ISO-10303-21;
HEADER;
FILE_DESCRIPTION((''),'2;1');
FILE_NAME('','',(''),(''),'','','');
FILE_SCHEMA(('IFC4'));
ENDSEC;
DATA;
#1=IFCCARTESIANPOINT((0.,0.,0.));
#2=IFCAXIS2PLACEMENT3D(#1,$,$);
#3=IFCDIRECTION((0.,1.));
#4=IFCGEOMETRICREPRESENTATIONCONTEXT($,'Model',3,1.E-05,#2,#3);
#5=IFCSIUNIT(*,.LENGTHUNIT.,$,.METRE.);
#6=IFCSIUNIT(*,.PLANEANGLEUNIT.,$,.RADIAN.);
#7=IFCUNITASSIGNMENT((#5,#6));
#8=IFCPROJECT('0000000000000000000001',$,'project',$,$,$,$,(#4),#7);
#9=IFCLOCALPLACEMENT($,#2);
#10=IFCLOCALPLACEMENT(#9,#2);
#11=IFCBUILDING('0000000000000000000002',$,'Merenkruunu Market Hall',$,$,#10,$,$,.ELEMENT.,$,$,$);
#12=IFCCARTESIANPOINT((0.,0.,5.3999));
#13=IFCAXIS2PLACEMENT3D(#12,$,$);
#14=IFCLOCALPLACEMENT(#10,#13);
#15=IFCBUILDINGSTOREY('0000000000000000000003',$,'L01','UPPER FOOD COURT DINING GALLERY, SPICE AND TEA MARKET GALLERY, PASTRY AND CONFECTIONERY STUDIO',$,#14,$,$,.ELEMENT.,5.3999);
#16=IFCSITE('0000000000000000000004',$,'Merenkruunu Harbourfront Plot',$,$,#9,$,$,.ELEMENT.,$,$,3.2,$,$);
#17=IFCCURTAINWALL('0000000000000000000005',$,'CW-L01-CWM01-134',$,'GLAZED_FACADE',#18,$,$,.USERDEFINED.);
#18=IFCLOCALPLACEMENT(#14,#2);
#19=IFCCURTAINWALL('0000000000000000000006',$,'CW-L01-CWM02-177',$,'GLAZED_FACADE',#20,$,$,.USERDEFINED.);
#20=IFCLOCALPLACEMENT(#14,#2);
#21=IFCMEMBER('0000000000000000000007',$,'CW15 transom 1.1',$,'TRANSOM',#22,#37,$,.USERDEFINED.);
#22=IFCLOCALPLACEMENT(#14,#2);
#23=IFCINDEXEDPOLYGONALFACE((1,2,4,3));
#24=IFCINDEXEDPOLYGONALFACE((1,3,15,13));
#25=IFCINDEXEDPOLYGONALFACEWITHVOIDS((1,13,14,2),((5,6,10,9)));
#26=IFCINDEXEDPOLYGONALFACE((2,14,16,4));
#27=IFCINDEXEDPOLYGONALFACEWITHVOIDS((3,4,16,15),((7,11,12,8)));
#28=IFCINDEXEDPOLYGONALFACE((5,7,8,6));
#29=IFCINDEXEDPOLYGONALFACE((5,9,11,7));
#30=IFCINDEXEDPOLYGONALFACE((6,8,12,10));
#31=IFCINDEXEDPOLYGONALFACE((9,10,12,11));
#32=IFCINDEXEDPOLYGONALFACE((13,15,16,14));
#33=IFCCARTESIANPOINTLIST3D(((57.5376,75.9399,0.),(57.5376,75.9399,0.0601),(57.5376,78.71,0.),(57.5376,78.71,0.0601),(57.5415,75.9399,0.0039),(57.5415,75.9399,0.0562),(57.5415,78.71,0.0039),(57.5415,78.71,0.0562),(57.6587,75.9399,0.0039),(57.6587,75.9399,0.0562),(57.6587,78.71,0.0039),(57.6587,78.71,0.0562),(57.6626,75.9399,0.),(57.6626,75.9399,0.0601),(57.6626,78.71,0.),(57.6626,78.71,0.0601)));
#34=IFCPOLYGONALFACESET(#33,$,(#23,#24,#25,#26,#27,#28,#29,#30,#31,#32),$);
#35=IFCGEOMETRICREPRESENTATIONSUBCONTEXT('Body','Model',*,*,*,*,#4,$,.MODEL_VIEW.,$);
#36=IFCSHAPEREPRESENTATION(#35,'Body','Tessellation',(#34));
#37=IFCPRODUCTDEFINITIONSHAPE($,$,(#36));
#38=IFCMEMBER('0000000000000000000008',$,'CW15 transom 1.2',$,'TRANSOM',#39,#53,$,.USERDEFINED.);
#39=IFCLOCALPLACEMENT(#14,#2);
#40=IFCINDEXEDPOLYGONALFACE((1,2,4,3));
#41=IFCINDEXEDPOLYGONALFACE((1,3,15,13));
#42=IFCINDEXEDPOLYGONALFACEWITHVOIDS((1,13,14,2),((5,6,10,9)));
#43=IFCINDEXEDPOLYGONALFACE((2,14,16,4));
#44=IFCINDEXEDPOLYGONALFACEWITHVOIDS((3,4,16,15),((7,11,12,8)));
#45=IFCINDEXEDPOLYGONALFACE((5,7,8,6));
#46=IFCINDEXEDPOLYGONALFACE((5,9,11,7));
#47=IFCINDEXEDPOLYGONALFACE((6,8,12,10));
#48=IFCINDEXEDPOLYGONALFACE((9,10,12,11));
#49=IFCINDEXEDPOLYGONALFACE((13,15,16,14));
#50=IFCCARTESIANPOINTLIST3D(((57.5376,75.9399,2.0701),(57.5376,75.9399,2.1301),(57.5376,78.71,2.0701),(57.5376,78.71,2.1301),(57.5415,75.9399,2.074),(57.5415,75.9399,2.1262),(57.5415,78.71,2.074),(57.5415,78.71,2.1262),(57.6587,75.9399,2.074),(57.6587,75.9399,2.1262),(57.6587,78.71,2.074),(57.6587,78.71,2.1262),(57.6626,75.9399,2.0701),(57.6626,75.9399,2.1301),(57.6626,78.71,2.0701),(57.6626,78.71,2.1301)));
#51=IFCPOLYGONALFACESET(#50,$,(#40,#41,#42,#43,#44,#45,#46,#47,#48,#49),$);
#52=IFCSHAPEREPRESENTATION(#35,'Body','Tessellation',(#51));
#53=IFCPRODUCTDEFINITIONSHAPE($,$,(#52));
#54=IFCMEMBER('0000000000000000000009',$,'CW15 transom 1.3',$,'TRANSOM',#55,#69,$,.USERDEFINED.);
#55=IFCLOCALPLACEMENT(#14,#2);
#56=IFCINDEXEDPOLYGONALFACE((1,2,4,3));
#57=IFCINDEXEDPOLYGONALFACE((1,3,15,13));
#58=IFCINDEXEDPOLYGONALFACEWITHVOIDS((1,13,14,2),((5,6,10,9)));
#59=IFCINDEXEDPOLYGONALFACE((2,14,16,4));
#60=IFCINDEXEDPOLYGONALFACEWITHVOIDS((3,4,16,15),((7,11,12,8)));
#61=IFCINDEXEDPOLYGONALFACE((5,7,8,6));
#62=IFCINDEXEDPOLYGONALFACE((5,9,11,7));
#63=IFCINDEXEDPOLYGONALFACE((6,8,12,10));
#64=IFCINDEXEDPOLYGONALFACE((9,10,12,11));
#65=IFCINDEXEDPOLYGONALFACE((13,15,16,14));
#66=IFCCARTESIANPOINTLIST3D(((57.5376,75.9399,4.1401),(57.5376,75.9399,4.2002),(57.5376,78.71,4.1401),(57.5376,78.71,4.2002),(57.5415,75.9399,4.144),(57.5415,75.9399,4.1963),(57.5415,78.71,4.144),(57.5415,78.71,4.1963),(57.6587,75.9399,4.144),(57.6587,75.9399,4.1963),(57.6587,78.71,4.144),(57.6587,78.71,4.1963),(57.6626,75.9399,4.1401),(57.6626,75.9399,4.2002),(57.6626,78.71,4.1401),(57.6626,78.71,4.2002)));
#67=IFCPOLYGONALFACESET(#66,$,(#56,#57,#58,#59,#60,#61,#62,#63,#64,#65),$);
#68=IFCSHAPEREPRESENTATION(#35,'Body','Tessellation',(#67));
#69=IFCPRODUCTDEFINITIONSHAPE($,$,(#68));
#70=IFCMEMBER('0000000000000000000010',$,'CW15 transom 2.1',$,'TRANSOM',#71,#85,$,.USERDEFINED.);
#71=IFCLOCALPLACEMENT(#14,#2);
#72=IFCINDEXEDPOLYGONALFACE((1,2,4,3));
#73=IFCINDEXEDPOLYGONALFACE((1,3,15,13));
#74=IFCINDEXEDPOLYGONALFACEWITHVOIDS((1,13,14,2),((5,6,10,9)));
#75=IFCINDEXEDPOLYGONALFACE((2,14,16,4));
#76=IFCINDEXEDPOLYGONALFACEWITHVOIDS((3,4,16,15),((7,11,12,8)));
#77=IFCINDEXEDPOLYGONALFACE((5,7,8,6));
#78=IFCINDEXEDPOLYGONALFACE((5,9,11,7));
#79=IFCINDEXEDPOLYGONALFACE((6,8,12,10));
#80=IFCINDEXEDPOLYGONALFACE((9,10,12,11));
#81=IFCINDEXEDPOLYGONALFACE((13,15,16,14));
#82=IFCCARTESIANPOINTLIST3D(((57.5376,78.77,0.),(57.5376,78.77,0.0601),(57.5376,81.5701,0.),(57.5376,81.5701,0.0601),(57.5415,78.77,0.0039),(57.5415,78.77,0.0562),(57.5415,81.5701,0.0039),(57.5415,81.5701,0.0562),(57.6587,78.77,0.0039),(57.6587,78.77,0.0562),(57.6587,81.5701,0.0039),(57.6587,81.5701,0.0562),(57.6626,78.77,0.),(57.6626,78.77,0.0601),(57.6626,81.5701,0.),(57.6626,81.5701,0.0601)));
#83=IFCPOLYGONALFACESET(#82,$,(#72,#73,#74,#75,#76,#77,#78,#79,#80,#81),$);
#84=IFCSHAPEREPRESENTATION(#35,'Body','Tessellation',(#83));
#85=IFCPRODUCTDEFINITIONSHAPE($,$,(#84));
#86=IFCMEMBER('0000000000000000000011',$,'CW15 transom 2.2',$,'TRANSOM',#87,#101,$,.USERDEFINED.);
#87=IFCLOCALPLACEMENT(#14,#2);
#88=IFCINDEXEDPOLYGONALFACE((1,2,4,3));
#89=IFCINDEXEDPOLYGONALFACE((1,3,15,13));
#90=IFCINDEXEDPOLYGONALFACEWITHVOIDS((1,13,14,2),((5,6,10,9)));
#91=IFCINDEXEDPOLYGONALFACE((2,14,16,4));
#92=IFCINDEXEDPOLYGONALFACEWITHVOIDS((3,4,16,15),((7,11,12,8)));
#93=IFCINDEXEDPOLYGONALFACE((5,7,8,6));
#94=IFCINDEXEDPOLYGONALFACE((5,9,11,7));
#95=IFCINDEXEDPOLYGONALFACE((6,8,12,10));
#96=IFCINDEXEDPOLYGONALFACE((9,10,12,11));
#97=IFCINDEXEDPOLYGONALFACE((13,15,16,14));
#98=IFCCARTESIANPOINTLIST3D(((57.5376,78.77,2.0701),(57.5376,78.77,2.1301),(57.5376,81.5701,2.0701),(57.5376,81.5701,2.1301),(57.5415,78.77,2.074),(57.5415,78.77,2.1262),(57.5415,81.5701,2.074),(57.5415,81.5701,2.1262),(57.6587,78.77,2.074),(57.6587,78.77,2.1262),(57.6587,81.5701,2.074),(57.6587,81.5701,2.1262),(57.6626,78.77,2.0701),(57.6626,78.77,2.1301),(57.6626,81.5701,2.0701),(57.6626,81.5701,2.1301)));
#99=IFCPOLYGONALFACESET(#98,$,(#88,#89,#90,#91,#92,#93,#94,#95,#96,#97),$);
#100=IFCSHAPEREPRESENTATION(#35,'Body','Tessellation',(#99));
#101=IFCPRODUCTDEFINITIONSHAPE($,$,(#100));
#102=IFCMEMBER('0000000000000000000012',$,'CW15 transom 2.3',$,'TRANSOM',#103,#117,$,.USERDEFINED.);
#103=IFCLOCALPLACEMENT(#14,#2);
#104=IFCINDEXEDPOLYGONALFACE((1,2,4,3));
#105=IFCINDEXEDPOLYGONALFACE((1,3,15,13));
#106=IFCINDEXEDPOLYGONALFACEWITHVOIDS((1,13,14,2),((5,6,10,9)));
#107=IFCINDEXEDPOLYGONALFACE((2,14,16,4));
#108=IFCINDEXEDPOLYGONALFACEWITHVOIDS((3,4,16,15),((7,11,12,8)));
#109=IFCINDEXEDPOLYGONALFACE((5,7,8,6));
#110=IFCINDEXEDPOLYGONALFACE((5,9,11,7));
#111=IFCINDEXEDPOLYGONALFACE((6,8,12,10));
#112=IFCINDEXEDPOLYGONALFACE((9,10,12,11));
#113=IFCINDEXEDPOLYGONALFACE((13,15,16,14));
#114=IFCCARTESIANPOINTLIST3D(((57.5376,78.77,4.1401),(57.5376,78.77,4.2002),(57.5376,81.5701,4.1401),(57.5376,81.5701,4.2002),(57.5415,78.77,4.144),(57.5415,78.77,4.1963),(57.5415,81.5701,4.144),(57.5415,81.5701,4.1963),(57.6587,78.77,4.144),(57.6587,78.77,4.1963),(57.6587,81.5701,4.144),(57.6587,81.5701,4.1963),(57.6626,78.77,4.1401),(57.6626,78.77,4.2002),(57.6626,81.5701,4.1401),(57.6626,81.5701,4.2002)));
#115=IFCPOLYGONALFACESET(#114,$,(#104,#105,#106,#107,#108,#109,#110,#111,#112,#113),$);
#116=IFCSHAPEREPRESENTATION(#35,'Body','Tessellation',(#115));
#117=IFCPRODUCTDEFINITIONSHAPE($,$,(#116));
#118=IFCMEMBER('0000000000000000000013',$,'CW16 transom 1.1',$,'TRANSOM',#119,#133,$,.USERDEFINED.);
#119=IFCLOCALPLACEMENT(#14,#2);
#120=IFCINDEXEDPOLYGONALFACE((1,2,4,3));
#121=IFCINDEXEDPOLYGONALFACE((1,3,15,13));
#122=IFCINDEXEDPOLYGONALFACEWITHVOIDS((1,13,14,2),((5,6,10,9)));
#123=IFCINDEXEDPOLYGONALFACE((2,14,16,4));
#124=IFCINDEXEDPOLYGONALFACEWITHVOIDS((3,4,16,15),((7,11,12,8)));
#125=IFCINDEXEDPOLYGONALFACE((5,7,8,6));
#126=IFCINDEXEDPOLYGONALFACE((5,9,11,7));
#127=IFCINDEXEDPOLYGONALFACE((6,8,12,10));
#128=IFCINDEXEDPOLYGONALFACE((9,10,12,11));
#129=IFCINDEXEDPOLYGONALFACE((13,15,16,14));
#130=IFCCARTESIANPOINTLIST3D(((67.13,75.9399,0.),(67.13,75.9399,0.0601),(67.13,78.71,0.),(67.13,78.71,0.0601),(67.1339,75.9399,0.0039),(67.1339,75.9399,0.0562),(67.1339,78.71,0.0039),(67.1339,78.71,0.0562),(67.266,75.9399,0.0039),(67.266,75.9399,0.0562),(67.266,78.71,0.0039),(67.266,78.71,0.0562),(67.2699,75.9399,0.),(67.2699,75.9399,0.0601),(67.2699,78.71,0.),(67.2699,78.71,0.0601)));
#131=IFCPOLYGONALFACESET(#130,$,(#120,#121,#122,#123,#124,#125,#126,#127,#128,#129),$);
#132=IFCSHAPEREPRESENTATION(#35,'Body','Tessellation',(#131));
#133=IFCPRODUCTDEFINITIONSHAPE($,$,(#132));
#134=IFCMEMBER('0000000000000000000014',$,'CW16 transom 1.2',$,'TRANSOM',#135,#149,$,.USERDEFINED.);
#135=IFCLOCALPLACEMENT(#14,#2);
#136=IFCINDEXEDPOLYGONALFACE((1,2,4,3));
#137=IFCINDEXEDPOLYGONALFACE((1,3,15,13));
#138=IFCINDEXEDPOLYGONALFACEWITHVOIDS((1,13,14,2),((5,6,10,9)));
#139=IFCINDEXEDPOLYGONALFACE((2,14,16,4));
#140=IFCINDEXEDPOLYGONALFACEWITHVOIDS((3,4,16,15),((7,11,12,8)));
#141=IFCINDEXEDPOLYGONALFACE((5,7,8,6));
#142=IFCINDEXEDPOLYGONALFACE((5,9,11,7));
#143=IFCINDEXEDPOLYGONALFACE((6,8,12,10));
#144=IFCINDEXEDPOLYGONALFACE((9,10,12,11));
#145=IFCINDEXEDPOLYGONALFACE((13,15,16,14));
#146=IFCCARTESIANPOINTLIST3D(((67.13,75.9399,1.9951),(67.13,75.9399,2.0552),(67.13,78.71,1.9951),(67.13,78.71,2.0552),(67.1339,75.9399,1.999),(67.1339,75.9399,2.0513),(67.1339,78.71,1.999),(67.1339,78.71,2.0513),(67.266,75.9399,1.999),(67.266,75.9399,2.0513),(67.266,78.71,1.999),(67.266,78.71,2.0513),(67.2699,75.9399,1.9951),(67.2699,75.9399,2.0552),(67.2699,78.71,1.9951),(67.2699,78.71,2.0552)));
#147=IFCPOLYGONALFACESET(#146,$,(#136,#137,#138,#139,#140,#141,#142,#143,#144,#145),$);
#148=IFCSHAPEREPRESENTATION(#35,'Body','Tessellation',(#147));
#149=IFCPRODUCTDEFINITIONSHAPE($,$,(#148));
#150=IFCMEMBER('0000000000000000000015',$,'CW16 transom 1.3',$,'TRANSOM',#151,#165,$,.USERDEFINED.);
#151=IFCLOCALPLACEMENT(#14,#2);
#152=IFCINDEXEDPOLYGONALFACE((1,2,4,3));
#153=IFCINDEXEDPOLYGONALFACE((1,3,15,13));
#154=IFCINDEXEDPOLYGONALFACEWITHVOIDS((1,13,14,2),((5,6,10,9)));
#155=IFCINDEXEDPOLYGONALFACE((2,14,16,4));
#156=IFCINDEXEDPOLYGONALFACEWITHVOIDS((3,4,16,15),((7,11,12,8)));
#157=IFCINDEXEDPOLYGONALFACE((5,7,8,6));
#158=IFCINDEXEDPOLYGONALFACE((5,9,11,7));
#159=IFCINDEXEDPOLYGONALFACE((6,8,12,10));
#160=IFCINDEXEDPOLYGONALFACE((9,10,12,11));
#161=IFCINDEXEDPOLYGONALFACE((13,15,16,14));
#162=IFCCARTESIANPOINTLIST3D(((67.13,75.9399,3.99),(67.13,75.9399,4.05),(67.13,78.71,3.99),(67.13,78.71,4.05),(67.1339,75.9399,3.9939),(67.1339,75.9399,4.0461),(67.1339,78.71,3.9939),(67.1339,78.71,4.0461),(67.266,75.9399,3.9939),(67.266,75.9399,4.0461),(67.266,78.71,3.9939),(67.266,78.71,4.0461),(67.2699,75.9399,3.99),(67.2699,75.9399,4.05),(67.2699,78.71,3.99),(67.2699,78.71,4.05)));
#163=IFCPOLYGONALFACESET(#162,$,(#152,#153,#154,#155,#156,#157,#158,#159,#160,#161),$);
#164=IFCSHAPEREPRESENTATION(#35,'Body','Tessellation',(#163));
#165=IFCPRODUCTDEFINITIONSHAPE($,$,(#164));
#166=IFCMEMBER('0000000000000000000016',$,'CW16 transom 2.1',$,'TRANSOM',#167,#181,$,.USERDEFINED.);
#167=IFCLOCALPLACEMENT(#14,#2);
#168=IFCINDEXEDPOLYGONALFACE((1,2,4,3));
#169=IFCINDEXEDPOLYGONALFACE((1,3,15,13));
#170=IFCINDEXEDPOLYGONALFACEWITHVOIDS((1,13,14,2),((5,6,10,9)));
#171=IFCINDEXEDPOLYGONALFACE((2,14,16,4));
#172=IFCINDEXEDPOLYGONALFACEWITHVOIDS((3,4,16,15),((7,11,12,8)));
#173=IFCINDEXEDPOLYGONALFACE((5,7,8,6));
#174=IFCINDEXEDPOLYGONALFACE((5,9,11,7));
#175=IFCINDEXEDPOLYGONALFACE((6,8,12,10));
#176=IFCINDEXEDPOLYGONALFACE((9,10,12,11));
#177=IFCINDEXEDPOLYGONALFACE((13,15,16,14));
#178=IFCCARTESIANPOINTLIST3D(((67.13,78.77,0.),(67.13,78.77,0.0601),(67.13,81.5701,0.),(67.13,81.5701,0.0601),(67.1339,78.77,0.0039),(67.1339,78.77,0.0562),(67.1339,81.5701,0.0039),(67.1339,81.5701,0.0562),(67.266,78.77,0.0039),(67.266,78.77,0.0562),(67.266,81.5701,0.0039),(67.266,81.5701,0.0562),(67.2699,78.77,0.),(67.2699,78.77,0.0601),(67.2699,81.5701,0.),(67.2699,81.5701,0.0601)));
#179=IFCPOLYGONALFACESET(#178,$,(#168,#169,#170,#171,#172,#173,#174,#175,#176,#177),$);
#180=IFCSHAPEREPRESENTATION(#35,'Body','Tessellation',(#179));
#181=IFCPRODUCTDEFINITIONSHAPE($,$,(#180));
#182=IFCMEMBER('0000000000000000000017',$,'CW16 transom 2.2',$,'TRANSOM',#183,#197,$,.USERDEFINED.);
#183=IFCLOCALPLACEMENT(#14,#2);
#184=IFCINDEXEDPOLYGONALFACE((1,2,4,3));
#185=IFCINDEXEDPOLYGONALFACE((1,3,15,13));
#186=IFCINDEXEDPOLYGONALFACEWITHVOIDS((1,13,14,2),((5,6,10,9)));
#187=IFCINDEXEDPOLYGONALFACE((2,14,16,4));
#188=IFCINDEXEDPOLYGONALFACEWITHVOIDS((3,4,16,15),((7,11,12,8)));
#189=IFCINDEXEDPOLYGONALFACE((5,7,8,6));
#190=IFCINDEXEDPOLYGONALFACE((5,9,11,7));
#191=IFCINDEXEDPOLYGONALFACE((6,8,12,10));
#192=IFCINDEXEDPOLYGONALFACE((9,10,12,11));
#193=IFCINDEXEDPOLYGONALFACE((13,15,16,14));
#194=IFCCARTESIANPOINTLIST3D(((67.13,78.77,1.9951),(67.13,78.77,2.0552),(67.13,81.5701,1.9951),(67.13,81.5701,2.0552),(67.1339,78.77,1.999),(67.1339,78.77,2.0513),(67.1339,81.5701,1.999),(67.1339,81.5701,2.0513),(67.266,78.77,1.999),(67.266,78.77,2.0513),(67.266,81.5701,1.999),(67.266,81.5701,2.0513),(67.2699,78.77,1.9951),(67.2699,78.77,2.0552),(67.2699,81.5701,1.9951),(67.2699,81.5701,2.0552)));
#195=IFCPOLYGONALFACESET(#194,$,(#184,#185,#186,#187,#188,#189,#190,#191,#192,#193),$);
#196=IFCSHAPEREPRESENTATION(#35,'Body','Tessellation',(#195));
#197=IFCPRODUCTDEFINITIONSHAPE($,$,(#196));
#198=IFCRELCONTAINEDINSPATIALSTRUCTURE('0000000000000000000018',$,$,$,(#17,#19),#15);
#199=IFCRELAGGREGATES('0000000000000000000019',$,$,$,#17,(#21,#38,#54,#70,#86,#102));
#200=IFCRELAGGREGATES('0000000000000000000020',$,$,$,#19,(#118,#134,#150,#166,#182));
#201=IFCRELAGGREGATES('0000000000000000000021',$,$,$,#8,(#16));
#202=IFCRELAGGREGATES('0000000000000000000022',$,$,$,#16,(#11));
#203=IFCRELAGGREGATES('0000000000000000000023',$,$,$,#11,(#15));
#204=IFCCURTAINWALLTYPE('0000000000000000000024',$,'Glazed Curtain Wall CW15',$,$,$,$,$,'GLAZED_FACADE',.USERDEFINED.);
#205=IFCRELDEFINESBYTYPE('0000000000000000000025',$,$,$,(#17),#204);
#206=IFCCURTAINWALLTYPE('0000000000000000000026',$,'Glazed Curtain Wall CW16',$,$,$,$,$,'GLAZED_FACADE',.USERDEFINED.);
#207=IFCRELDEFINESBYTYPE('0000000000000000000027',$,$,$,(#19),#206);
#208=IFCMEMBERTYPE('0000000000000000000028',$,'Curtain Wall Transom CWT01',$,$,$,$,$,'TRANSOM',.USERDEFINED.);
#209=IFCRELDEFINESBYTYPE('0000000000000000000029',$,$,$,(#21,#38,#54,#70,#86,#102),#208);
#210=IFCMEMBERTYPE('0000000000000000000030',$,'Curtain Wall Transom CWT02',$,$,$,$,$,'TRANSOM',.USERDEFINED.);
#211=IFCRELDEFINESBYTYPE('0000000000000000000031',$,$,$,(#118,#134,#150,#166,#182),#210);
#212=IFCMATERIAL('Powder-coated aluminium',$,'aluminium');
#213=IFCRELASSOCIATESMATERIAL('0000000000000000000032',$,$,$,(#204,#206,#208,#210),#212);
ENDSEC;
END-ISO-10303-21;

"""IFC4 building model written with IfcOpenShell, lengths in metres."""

from ifc_helpers import new_model, si_unit, direction, frame, origin, origin_2d, place, context, subcontext, project, spatial, hollow_rectangle, extrude, material, material_profile, profile_set, type_object, element, aggregate, save


model = new_model("IFC4")

# Units and contexts
model_context = context("Model", 3, precision=1e-05, world=origin(), true_north=direction((0.0, 1.0)))
body_context = subcontext(model_context, "Body", "Model", "MODEL_VIEW")
ifc_project = project(units=[si_unit("LENGTHUNIT", "METRE"), si_unit("PLANEANGLEUNIT", "RADIAN")], contexts=[model_context])

# Site, building, storey
site_placement = place(None, origin())
site = spatial("IfcSite", under=ifc_project, at=site_placement, Name="Merenkruunu Harbourfront Plot", CompositionType="ELEMENT", RefElevation=3.2)
building_placement = place(site_placement, origin())
building = spatial("IfcBuilding", under=site, at=building_placement, Name="Merenkruunu Market Hall", CompositionType="ELEMENT")
storey_placement = place(building_placement, frame((0.0, 0.0, 5.3999)))
storey = spatial("IfcBuildingStorey", under=building, at=storey_placement, Name="L01", Description="UPPER FOOD COURT DINING GALLERY, SPICE AND TEA MARKET GALLERY, PASTRY AND CONFECTIONERY STUDIO", CompositionType="ELEMENT", Elevation=5.3999)

# Shared definitions
ifc_material_1 = material(Name="Powder-coated aluminium", Category="aluminium")
curtain_wall_type_1 = type_object("IfcCurtainWallType", Name="Glazed Curtain Wall CW15", ElementType="GLAZED_FACADE", PredefinedType="USERDEFINED", material=ifc_material_1)

# Curtain wall
curtain_wall_1_placement = place(storey_placement, origin())
curtain_wall_1 = element("IfcCurtainWall", 1, at=curtain_wall_1_placement, inside=storey, type_object=curtain_wall_type_1, Name="CW-L01-CWM01-134", ObjectType="GLAZED_FACADE", PredefinedType="USERDEFINED")

# Shared definitions
curtain_wall_type_2 = type_object("IfcCurtainWallType", Name="Glazed Curtain Wall CW16", ElementType="GLAZED_FACADE", PredefinedType="USERDEFINED", material=ifc_material_1)

# Curtain wall
curtain_wall_2_placement = place(storey_placement, origin())
curtain_wall_2 = element("IfcCurtainWall", 2, at=curtain_wall_2_placement, inside=storey, type_object=curtain_wall_type_2, Name="CW-L01-CWM02-177", ObjectType="GLAZED_FACADE", PredefinedType="USERDEFINED")

# Members
ifc_material_profile_1 = material_profile(ifc_material_1, hollow_rectangle(XDim=0.0601, YDim=0.125, WallThickness=0.0039, at=origin_2d()), Name="ALU 60x125x4")
ifc_profile_set_1 = profile_set([ifc_material_profile_1], Name="Powder-coated aluminium")
member_type_1 = type_object("IfcMemberType", Name="Curtain Wall Transom CWT01", ElementType="TRANSOM", PredefinedType="USERDEFINED", material=ifc_profile_set_1)
member_1_placement = place(storey_placement, frame((57.6001, 75.9399, 0.03), z_axis=(0.0, 1.0, 0.0), x_axis=(0.0, 0.0, 1.0)))
member_1 = element("IfcMember", 3, at=member_1_placement, type_object=member_type_1, Name="CW15 transom 1.1", ObjectType="TRANSOM", PredefinedType="USERDEFINED", context=body_context, shape_type="SweptSolid", body=[
    extrude(hollow_rectangle(XDim=0.0601, YDim=0.125, WallThickness=0.0039, at=origin_2d()), origin(), (0.0, 0.0, 1.0), 2.77),
])
member_2_placement = place(storey_placement, frame((57.6001, 75.9399, 2.1001), z_axis=(0.0, 1.0, 0.0), x_axis=(0.0, 0.0, 1.0)))
member_2 = element("IfcMember", 4, at=member_2_placement, type_object=member_type_1, Name="CW15 transom 1.2", ObjectType="TRANSOM", PredefinedType="USERDEFINED", context=body_context, shape_type="SweptSolid", body=[
    extrude(hollow_rectangle(XDim=0.0601, YDim=0.125, WallThickness=0.0039, at=origin_2d()), origin(), (0.0, 0.0, 1.0), 2.77),
])
member_3_placement = place(storey_placement, frame((57.6001, 75.9399, 4.1702), z_axis=(0.0, 1.0, 0.0), x_axis=(0.0, 0.0, 1.0)))
member_3 = element("IfcMember", 5, at=member_3_placement, type_object=member_type_1, Name="CW15 transom 1.3", ObjectType="TRANSOM", PredefinedType="USERDEFINED", context=body_context, shape_type="SweptSolid", body=[
    extrude(hollow_rectangle(XDim=0.0601, YDim=0.125, WallThickness=0.0039, at=origin_2d()), origin(), (0.0, 0.0, 1.0), 2.77),
])
member_4_placement = place(storey_placement, frame((57.6001, 78.77, 0.03), z_axis=(0.0, 1.0, 0.0), x_axis=(0.0, 0.0, 1.0)))
member_4 = element("IfcMember", 6, at=member_4_placement, type_object=member_type_1, Name="CW15 transom 2.1", ObjectType="TRANSOM", PredefinedType="USERDEFINED", context=body_context, shape_type="SweptSolid", body=[
    extrude(hollow_rectangle(XDim=0.0601, YDim=0.125, WallThickness=0.0039, at=origin_2d()), origin(), (0.0, 0.0, 1.0), 2.8),
])
member_5_placement = place(storey_placement, frame((57.6001, 78.77, 2.1001), z_axis=(0.0, 1.0, 0.0), x_axis=(0.0, 0.0, 1.0)))
member_5 = element("IfcMember", 7, at=member_5_placement, type_object=member_type_1, Name="CW15 transom 2.2", ObjectType="TRANSOM", PredefinedType="USERDEFINED", context=body_context, shape_type="SweptSolid", body=[
    extrude(hollow_rectangle(XDim=0.0601, YDim=0.125, WallThickness=0.0039, at=origin_2d()), origin(), (0.0, 0.0, 1.0), 2.8),
])
member_6_placement = place(storey_placement, frame((57.6001, 78.77, 4.1702), z_axis=(0.0, 1.0, 0.0), x_axis=(0.0, 0.0, 1.0)))
member_6 = element("IfcMember", 8, at=member_6_placement, type_object=member_type_1, Name="CW15 transom 2.3", ObjectType="TRANSOM", PredefinedType="USERDEFINED", context=body_context, shape_type="SweptSolid", body=[
    extrude(hollow_rectangle(XDim=0.0601, YDim=0.125, WallThickness=0.0039, at=origin_2d()), origin(), (0.0, 0.0, 1.0), 2.8),
])
ifc_material_profile_2 = material_profile(ifc_material_1, hollow_rectangle(XDim=0.0601, YDim=0.1399, WallThickness=0.0039, at=origin_2d()), Name="ALU 60x140x4")
ifc_profile_set_2 = profile_set([ifc_material_profile_2], Name="Powder-coated aluminium")
member_type_2 = type_object("IfcMemberType", Name="Curtain Wall Transom CWT02", ElementType="TRANSOM", PredefinedType="USERDEFINED", material=ifc_profile_set_2)
member_7_placement = place(storey_placement, frame((67.2, 75.9399, 0.03), z_axis=(0.0, 1.0, 0.0), x_axis=(0.0, 0.0, 1.0)))
member_7 = element("IfcMember", 9, at=member_7_placement, type_object=member_type_2, Name="CW16 transom 1.1", ObjectType="TRANSOM", PredefinedType="USERDEFINED", context=body_context, shape_type="SweptSolid", body=[
    extrude(hollow_rectangle(XDim=0.0601, YDim=0.1399, WallThickness=0.0039, at=origin_2d()), origin(), (0.0, 0.0, 1.0), 2.77),
])
member_8_placement = place(storey_placement, frame((67.2, 75.9399, 2.0251), z_axis=(0.0, 1.0, 0.0), x_axis=(0.0, 0.0, 1.0)))
member_8 = element("IfcMember", 10, at=member_8_placement, type_object=member_type_2, Name="CW16 transom 1.2", ObjectType="TRANSOM", PredefinedType="USERDEFINED", context=body_context, shape_type="SweptSolid", body=[
    extrude(hollow_rectangle(XDim=0.0601, YDim=0.1399, WallThickness=0.0039, at=origin_2d()), origin(), (0.0, 0.0, 1.0), 2.77),
])
member_9_placement = place(storey_placement, frame((67.2, 75.9399, 4.02), z_axis=(0.0, 1.0, 0.0), x_axis=(0.0, 0.0, 1.0)))
member_9 = element("IfcMember", 11, at=member_9_placement, type_object=member_type_2, Name="CW16 transom 1.3", ObjectType="TRANSOM", PredefinedType="USERDEFINED", context=body_context, shape_type="SweptSolid", body=[
    extrude(hollow_rectangle(XDim=0.0601, YDim=0.1399, WallThickness=0.0039, at=origin_2d()), origin(), (0.0, 0.0, 1.0), 2.77),
])
member_10_placement = place(storey_placement, frame((67.2, 78.77, 0.03), z_axis=(0.0, 1.0, 0.0), x_axis=(0.0, 0.0, 1.0)))
member_10 = element("IfcMember", 12, at=member_10_placement, type_object=member_type_2, Name="CW16 transom 2.1", ObjectType="TRANSOM", PredefinedType="USERDEFINED", context=body_context, shape_type="SweptSolid", body=[
    extrude(hollow_rectangle(XDim=0.0601, YDim=0.1399, WallThickness=0.0039, at=origin_2d()), origin(), (0.0, 0.0, 1.0), 2.8),
])
member_11_placement = place(storey_placement, frame((67.2, 78.77, 2.0251), z_axis=(0.0, 1.0, 0.0), x_axis=(0.0, 0.0, 1.0)))
member_11 = element("IfcMember", 13, at=member_11_placement, type_object=member_type_2, Name="CW16 transom 2.2", ObjectType="TRANSOM", PredefinedType="USERDEFINED", context=body_context, shape_type="SweptSolid", body=[
    extrude(hollow_rectangle(XDim=0.0601, YDim=0.1399, WallThickness=0.0039, at=origin_2d()), origin(), (0.0, 0.0, 1.0), 2.8),
])

aggregate(curtain_wall_1, [member_1, member_2, member_3, member_4, member_5, member_6])
aggregate(curtain_wall_2, [member_7, member_8, member_9, member_10, member_11])

save(model, "model.ifc")
